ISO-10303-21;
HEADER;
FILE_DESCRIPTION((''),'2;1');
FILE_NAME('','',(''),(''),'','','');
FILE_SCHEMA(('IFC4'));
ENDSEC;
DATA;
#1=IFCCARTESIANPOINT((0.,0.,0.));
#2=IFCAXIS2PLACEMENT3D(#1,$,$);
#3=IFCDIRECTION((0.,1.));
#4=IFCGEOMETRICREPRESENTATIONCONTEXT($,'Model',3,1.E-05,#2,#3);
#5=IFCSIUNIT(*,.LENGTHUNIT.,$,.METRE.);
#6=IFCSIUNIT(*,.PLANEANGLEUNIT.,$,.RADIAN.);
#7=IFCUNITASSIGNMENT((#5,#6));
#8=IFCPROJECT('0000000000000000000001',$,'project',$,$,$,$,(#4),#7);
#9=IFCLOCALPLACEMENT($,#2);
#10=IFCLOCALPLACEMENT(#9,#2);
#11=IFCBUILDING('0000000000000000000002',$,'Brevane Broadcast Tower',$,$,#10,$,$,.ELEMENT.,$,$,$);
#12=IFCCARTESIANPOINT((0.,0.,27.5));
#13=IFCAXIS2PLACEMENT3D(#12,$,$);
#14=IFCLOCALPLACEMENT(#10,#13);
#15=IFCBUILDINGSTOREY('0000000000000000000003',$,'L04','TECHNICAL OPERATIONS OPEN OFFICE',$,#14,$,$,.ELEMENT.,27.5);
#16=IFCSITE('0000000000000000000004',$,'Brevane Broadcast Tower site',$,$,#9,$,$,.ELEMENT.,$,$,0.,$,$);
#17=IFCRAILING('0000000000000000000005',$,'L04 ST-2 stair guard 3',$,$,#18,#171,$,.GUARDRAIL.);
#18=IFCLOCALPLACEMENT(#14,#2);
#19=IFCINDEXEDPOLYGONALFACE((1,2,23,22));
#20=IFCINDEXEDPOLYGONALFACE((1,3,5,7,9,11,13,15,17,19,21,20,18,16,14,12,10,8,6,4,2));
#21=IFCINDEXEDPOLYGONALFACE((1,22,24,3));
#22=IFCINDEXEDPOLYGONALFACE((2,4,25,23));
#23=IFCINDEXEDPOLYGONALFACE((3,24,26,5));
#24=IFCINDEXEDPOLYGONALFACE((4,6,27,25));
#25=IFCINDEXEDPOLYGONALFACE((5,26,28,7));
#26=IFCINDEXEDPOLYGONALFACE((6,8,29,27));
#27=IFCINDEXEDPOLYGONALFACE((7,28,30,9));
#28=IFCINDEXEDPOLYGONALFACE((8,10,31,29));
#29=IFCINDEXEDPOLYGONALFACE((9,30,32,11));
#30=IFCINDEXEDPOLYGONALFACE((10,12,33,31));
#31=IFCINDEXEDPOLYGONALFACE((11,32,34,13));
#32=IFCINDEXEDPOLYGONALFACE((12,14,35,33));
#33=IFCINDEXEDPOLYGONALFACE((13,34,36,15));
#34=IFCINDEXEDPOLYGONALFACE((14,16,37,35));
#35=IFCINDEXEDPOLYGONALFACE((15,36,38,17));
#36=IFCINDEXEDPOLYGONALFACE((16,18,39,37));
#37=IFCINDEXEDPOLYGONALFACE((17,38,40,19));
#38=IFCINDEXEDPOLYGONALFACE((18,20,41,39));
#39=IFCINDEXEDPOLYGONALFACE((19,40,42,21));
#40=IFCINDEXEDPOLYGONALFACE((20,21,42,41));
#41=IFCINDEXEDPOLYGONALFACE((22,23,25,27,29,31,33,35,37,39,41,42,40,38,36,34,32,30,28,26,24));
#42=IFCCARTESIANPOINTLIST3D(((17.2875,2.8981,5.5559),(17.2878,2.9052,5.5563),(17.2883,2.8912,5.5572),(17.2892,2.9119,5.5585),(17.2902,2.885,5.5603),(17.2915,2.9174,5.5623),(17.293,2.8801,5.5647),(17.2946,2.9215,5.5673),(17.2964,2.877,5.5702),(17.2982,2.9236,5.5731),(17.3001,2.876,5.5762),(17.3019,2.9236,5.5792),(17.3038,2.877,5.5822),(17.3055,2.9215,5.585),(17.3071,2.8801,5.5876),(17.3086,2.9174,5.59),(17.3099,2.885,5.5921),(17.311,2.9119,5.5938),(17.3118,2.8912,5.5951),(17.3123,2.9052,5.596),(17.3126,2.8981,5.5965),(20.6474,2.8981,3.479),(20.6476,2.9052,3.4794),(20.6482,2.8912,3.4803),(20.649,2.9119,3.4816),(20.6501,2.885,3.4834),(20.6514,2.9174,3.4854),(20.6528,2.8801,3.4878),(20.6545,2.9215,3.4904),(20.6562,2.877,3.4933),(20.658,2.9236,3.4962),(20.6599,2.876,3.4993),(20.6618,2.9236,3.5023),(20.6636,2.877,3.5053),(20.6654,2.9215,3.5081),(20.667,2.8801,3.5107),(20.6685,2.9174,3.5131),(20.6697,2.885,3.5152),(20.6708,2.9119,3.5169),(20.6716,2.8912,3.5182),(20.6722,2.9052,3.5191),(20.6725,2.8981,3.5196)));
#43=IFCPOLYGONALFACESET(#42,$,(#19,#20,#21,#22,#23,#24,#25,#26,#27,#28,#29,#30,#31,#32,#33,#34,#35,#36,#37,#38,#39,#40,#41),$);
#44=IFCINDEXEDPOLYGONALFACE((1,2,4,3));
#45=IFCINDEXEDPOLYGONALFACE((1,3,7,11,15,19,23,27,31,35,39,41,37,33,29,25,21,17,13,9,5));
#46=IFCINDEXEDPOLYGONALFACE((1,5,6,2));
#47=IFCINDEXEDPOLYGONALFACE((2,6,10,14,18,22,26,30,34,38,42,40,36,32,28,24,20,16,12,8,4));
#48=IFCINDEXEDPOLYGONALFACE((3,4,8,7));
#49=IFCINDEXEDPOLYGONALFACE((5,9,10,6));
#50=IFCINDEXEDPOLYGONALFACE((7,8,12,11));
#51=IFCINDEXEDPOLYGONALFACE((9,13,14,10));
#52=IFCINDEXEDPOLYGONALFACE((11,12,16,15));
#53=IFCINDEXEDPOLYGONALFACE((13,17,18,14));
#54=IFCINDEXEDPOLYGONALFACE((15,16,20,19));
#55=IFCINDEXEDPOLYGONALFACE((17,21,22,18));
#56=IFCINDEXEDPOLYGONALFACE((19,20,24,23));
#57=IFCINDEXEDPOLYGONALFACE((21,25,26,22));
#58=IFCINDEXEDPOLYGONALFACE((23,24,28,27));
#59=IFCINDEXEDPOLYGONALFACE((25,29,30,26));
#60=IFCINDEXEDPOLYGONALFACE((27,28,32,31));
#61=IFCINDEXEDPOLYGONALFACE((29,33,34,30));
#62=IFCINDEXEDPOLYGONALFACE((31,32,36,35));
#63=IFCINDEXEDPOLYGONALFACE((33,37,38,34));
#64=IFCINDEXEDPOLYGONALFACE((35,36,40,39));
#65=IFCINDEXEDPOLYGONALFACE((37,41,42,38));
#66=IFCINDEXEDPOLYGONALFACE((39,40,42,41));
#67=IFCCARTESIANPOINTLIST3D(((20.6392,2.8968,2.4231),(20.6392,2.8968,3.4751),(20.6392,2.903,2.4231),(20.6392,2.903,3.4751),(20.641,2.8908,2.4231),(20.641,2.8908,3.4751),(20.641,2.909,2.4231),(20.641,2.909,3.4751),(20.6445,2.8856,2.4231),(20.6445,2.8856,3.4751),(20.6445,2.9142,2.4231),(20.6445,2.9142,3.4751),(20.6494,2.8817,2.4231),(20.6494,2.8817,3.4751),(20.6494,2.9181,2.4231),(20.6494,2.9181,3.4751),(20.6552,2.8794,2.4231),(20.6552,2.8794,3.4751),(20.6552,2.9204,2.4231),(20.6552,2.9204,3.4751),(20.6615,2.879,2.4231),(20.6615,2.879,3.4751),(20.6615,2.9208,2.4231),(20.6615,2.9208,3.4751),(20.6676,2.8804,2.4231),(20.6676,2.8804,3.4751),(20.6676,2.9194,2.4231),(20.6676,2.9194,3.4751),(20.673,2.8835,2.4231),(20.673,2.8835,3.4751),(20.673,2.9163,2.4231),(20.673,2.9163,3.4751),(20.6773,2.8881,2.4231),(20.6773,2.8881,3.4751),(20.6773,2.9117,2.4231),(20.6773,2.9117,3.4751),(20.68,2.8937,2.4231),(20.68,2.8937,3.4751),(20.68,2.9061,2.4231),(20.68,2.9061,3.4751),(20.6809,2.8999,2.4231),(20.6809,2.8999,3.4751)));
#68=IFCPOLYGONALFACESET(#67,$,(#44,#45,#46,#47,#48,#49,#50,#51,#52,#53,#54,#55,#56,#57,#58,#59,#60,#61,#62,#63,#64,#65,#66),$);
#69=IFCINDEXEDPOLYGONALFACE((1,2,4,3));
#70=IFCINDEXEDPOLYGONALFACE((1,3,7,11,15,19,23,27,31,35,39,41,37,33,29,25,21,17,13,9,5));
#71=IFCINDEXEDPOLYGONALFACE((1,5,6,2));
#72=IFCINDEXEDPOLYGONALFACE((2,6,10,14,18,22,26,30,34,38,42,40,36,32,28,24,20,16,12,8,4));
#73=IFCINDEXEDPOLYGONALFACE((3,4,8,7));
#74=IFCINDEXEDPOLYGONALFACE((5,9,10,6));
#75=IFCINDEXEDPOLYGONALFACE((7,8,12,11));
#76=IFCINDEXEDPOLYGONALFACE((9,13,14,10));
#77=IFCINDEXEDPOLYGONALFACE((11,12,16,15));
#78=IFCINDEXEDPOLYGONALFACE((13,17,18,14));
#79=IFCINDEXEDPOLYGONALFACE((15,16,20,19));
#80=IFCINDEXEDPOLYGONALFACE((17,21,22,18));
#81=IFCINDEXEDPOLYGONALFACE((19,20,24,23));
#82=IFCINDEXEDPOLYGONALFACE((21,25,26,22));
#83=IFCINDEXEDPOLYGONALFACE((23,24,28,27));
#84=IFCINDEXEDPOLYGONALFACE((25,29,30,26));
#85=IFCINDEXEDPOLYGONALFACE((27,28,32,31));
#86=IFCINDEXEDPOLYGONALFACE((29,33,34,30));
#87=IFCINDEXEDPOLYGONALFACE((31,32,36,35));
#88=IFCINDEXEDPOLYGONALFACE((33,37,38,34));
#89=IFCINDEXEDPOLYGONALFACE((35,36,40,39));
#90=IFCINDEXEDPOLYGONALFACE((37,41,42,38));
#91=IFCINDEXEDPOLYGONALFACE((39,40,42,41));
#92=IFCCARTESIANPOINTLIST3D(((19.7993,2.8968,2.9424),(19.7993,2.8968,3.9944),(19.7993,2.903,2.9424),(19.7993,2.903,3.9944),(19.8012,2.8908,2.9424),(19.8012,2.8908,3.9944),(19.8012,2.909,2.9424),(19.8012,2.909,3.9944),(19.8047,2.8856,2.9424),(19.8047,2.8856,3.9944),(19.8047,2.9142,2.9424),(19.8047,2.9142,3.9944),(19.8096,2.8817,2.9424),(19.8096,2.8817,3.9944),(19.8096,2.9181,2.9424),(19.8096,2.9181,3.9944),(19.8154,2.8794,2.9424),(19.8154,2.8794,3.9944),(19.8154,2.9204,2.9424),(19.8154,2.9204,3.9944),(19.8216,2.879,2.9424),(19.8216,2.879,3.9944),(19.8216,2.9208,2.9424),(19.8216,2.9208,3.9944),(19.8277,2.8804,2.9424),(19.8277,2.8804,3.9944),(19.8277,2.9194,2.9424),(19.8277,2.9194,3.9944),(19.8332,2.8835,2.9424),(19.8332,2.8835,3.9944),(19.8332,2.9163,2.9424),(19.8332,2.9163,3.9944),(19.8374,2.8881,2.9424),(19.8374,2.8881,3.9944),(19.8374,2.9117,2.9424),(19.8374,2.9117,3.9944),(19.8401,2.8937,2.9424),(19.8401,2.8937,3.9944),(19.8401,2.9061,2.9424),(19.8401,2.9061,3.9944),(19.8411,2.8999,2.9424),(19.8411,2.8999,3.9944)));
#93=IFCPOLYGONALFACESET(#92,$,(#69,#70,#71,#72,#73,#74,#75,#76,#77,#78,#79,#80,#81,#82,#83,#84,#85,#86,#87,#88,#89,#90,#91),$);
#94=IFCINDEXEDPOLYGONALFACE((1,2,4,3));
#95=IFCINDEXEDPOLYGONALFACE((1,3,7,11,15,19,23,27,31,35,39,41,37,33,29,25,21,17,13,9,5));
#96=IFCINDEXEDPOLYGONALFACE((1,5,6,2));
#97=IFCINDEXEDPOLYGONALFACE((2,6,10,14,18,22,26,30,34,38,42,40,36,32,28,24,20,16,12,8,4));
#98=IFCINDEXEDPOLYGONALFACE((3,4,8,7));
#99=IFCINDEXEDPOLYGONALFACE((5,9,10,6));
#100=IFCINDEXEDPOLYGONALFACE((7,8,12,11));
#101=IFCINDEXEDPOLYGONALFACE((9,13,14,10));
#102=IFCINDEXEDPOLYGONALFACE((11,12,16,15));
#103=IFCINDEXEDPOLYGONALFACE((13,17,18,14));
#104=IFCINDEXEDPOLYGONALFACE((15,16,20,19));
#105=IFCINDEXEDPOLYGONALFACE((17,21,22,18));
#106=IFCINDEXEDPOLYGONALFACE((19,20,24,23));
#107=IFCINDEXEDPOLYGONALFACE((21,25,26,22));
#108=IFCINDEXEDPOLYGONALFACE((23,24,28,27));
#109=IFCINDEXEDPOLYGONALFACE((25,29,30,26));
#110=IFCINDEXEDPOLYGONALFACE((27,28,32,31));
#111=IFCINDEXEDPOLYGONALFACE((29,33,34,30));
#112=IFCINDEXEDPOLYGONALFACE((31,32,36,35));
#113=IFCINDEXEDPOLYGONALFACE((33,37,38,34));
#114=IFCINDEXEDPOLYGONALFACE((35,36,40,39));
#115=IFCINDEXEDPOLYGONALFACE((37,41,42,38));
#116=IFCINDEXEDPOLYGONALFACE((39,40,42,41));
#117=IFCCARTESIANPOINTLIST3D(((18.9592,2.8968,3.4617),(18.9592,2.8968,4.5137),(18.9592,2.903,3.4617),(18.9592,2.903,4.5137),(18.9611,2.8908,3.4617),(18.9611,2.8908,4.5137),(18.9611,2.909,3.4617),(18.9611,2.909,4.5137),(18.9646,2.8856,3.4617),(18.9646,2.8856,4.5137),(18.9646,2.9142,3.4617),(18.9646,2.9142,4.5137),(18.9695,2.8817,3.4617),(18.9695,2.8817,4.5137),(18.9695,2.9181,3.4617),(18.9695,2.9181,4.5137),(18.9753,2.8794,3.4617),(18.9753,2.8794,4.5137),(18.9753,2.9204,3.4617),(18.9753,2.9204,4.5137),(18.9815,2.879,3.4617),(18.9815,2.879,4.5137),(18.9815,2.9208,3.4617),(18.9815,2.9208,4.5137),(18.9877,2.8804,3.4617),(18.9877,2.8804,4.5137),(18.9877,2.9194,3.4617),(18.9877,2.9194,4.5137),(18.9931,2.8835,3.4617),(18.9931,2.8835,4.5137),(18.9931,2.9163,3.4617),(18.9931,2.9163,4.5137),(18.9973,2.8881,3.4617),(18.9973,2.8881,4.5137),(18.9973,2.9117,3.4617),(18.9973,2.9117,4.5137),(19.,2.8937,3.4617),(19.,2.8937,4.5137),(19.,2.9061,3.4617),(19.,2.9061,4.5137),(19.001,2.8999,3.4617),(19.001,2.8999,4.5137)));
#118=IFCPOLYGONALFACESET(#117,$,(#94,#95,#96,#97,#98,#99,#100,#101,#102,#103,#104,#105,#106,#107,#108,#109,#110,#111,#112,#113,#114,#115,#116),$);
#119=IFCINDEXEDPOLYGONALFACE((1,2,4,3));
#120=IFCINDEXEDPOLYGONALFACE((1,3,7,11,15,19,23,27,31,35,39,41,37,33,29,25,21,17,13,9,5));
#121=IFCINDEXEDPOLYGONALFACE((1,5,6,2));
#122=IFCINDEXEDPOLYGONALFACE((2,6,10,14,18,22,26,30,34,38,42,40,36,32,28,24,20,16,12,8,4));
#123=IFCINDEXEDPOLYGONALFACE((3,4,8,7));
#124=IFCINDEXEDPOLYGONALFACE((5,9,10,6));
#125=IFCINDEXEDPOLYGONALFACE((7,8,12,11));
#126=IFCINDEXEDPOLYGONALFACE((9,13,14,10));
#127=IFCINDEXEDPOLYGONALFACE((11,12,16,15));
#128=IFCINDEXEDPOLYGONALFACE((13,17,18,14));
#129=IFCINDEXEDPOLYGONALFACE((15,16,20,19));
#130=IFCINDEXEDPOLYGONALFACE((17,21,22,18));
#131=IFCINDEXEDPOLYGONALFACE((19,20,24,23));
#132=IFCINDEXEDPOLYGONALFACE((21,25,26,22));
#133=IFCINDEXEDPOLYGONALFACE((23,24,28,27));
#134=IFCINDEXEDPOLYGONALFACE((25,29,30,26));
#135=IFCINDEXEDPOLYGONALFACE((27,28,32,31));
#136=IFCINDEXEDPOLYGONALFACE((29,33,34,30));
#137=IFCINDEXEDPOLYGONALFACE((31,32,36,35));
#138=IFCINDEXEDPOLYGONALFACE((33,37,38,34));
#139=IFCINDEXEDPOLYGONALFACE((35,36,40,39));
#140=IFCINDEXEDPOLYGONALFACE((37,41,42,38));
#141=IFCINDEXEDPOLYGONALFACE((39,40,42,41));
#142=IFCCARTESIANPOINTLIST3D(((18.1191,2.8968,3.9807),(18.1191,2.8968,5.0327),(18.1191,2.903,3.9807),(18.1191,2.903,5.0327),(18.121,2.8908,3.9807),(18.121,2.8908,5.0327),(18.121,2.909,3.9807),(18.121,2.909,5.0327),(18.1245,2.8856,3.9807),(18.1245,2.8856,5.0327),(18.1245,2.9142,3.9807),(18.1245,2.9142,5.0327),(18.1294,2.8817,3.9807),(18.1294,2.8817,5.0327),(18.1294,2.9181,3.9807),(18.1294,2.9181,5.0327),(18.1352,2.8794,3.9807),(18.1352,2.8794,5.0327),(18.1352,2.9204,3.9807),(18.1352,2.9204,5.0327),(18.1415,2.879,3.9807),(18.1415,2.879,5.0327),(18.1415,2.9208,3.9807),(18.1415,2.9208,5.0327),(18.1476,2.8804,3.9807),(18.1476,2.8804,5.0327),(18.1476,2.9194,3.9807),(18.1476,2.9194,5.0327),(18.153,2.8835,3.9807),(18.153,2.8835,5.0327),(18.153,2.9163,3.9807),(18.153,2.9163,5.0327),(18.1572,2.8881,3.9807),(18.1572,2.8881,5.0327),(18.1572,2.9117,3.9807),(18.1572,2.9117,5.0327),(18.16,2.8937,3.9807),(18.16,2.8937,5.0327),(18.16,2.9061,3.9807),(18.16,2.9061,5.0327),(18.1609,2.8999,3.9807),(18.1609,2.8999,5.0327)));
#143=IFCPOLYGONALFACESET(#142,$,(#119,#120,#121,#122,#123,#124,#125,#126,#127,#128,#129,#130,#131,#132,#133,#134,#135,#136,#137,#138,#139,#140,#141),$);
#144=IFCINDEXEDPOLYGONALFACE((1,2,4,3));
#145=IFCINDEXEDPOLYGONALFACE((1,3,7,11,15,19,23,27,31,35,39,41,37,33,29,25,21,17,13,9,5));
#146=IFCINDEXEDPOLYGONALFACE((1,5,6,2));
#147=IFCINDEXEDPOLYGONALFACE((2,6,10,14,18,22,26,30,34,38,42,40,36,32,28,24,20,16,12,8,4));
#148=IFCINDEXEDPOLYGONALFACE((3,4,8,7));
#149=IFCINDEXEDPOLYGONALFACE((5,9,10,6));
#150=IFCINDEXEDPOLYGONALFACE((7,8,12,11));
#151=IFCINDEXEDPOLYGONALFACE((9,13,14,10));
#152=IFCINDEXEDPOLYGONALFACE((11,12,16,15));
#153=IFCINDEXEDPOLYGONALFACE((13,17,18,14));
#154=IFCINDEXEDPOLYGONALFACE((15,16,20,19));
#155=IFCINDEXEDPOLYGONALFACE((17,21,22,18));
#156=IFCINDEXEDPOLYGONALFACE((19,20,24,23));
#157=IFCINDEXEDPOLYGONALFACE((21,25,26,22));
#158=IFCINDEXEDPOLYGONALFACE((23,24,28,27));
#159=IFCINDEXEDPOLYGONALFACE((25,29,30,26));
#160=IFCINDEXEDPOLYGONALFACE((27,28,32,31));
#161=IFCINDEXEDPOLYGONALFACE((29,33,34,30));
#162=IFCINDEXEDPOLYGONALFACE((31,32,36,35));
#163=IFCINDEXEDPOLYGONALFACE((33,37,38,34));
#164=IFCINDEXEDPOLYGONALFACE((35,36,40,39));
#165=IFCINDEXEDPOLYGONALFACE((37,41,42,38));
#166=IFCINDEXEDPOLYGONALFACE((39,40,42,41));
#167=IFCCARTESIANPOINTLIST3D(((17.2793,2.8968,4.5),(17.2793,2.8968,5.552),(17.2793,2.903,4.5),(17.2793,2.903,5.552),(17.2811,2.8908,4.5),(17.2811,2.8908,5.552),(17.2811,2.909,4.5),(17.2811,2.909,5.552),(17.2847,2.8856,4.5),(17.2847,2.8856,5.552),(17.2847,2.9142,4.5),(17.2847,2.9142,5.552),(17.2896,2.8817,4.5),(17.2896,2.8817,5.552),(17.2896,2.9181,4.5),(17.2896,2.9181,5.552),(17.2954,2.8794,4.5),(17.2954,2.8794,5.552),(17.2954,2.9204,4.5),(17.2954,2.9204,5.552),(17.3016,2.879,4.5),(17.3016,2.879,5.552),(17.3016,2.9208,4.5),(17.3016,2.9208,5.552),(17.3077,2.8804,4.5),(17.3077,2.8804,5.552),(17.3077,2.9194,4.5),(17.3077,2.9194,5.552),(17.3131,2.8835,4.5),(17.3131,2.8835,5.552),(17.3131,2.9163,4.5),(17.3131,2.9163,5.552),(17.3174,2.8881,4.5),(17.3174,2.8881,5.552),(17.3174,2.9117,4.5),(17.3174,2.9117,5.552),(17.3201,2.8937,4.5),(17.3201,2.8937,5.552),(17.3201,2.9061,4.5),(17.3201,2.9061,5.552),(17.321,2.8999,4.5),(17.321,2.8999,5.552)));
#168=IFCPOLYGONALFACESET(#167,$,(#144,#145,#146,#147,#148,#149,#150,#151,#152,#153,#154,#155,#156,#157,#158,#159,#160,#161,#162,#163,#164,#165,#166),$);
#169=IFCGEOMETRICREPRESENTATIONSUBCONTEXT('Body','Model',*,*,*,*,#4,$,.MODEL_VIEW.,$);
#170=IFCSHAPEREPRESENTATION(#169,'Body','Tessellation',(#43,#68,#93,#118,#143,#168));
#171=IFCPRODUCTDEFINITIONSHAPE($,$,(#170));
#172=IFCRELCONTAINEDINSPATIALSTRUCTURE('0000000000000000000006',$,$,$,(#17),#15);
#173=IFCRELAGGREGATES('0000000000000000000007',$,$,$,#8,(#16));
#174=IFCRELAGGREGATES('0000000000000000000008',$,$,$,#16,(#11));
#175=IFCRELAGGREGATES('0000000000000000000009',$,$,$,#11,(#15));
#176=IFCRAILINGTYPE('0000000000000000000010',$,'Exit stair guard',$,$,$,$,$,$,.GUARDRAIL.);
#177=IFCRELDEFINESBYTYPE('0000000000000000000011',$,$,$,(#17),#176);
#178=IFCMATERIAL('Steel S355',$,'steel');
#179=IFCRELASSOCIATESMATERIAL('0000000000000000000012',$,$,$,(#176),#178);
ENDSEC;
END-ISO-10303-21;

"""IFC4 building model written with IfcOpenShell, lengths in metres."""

from ifc_helpers import new_model, si_unit, direction, frame, origin, origin_2d, place, context, subcontext, project, spatial, circle, extrude, material, type_object, element, save


model = new_model("IFC4")

# Units and contexts
model_context = context("Model", 3, precision=1e-05, world=origin(), true_north=direction((0.0, 1.0)))
body_context = subcontext(model_context, "Body", "Model", "MODEL_VIEW")
ifc_project = project(units=[si_unit("LENGTHUNIT", "METRE"), si_unit("PLANEANGLEUNIT", "RADIAN")], contexts=[model_context])

# Site, building, storey
site_placement = place(None, origin())
site = spatial("IfcSite", under=ifc_project, at=site_placement, Name="Brevane Broadcast Tower site", CompositionType="ELEMENT", RefElevation=0.0)
building_placement = place(site_placement, origin())
building = spatial("IfcBuilding", under=site, at=building_placement, Name="Brevane Broadcast Tower", CompositionType="ELEMENT")
storey_placement = place(building_placement, frame((0.0, 0.0, 27.5)))
storey = spatial("IfcBuildingStorey", under=building, at=storey_placement, Name="L04", Description="TECHNICAL OPERATIONS OPEN OFFICE", CompositionType="ELEMENT", Elevation=27.5)

# Railing
ifc_material_1 = material(Name="Steel S355", Category="steel")
railing_type_1 = type_object("IfcRailingType", Name="Exit stair guard", PredefinedType="GUARDRAIL", material=ifc_material_1)
railing_1_placement = place(storey_placement, frame((20.6599, 2.8999, 2.4231)))
element("IfcRailing", 1, at=railing_1_placement, inside=storey, type_object=railing_type_1, Name="L04 ST-2 stair guard 3", PredefinedType="GUARDRAIL", context=body_context, shape_type="SweptSolid", body=[
    extrude(circle(Radius=0.0239, at=origin_2d()), frame((0.0, 0.0, 1.0762), z_axis=(-0.850606, 0.0, 0.525803), x_axis=(0.0, -1.0, 0.0)), (0.0, 0.0, 1.0), 3.95),
    extrude(circle(Radius=0.021, at=origin_2d()), origin(), (0.0, 0.0, 1.0), 1.052),
    extrude(circle(Radius=0.021, at=origin_2d()), frame((-0.8398, 0.0, 0.5193)), (0.0, 0.0, 1.0), 1.052),
    extrude(circle(Radius=0.021, at=origin_2d()), frame((-1.6799, 0.0, 1.0386)), (0.0, 0.0, 1.0), 1.052),
    extrude(circle(Radius=0.021, at=origin_2d()), frame((-2.52, 0.0, 1.5576)), (0.0, 0.0, 1.0), 1.052),
    extrude(circle(Radius=0.021, at=origin_2d()), frame((-3.3599, 0.0, 2.0769)), (0.0, 0.0, 1.0), 1.052),
])

save(model, "model.ifc")
